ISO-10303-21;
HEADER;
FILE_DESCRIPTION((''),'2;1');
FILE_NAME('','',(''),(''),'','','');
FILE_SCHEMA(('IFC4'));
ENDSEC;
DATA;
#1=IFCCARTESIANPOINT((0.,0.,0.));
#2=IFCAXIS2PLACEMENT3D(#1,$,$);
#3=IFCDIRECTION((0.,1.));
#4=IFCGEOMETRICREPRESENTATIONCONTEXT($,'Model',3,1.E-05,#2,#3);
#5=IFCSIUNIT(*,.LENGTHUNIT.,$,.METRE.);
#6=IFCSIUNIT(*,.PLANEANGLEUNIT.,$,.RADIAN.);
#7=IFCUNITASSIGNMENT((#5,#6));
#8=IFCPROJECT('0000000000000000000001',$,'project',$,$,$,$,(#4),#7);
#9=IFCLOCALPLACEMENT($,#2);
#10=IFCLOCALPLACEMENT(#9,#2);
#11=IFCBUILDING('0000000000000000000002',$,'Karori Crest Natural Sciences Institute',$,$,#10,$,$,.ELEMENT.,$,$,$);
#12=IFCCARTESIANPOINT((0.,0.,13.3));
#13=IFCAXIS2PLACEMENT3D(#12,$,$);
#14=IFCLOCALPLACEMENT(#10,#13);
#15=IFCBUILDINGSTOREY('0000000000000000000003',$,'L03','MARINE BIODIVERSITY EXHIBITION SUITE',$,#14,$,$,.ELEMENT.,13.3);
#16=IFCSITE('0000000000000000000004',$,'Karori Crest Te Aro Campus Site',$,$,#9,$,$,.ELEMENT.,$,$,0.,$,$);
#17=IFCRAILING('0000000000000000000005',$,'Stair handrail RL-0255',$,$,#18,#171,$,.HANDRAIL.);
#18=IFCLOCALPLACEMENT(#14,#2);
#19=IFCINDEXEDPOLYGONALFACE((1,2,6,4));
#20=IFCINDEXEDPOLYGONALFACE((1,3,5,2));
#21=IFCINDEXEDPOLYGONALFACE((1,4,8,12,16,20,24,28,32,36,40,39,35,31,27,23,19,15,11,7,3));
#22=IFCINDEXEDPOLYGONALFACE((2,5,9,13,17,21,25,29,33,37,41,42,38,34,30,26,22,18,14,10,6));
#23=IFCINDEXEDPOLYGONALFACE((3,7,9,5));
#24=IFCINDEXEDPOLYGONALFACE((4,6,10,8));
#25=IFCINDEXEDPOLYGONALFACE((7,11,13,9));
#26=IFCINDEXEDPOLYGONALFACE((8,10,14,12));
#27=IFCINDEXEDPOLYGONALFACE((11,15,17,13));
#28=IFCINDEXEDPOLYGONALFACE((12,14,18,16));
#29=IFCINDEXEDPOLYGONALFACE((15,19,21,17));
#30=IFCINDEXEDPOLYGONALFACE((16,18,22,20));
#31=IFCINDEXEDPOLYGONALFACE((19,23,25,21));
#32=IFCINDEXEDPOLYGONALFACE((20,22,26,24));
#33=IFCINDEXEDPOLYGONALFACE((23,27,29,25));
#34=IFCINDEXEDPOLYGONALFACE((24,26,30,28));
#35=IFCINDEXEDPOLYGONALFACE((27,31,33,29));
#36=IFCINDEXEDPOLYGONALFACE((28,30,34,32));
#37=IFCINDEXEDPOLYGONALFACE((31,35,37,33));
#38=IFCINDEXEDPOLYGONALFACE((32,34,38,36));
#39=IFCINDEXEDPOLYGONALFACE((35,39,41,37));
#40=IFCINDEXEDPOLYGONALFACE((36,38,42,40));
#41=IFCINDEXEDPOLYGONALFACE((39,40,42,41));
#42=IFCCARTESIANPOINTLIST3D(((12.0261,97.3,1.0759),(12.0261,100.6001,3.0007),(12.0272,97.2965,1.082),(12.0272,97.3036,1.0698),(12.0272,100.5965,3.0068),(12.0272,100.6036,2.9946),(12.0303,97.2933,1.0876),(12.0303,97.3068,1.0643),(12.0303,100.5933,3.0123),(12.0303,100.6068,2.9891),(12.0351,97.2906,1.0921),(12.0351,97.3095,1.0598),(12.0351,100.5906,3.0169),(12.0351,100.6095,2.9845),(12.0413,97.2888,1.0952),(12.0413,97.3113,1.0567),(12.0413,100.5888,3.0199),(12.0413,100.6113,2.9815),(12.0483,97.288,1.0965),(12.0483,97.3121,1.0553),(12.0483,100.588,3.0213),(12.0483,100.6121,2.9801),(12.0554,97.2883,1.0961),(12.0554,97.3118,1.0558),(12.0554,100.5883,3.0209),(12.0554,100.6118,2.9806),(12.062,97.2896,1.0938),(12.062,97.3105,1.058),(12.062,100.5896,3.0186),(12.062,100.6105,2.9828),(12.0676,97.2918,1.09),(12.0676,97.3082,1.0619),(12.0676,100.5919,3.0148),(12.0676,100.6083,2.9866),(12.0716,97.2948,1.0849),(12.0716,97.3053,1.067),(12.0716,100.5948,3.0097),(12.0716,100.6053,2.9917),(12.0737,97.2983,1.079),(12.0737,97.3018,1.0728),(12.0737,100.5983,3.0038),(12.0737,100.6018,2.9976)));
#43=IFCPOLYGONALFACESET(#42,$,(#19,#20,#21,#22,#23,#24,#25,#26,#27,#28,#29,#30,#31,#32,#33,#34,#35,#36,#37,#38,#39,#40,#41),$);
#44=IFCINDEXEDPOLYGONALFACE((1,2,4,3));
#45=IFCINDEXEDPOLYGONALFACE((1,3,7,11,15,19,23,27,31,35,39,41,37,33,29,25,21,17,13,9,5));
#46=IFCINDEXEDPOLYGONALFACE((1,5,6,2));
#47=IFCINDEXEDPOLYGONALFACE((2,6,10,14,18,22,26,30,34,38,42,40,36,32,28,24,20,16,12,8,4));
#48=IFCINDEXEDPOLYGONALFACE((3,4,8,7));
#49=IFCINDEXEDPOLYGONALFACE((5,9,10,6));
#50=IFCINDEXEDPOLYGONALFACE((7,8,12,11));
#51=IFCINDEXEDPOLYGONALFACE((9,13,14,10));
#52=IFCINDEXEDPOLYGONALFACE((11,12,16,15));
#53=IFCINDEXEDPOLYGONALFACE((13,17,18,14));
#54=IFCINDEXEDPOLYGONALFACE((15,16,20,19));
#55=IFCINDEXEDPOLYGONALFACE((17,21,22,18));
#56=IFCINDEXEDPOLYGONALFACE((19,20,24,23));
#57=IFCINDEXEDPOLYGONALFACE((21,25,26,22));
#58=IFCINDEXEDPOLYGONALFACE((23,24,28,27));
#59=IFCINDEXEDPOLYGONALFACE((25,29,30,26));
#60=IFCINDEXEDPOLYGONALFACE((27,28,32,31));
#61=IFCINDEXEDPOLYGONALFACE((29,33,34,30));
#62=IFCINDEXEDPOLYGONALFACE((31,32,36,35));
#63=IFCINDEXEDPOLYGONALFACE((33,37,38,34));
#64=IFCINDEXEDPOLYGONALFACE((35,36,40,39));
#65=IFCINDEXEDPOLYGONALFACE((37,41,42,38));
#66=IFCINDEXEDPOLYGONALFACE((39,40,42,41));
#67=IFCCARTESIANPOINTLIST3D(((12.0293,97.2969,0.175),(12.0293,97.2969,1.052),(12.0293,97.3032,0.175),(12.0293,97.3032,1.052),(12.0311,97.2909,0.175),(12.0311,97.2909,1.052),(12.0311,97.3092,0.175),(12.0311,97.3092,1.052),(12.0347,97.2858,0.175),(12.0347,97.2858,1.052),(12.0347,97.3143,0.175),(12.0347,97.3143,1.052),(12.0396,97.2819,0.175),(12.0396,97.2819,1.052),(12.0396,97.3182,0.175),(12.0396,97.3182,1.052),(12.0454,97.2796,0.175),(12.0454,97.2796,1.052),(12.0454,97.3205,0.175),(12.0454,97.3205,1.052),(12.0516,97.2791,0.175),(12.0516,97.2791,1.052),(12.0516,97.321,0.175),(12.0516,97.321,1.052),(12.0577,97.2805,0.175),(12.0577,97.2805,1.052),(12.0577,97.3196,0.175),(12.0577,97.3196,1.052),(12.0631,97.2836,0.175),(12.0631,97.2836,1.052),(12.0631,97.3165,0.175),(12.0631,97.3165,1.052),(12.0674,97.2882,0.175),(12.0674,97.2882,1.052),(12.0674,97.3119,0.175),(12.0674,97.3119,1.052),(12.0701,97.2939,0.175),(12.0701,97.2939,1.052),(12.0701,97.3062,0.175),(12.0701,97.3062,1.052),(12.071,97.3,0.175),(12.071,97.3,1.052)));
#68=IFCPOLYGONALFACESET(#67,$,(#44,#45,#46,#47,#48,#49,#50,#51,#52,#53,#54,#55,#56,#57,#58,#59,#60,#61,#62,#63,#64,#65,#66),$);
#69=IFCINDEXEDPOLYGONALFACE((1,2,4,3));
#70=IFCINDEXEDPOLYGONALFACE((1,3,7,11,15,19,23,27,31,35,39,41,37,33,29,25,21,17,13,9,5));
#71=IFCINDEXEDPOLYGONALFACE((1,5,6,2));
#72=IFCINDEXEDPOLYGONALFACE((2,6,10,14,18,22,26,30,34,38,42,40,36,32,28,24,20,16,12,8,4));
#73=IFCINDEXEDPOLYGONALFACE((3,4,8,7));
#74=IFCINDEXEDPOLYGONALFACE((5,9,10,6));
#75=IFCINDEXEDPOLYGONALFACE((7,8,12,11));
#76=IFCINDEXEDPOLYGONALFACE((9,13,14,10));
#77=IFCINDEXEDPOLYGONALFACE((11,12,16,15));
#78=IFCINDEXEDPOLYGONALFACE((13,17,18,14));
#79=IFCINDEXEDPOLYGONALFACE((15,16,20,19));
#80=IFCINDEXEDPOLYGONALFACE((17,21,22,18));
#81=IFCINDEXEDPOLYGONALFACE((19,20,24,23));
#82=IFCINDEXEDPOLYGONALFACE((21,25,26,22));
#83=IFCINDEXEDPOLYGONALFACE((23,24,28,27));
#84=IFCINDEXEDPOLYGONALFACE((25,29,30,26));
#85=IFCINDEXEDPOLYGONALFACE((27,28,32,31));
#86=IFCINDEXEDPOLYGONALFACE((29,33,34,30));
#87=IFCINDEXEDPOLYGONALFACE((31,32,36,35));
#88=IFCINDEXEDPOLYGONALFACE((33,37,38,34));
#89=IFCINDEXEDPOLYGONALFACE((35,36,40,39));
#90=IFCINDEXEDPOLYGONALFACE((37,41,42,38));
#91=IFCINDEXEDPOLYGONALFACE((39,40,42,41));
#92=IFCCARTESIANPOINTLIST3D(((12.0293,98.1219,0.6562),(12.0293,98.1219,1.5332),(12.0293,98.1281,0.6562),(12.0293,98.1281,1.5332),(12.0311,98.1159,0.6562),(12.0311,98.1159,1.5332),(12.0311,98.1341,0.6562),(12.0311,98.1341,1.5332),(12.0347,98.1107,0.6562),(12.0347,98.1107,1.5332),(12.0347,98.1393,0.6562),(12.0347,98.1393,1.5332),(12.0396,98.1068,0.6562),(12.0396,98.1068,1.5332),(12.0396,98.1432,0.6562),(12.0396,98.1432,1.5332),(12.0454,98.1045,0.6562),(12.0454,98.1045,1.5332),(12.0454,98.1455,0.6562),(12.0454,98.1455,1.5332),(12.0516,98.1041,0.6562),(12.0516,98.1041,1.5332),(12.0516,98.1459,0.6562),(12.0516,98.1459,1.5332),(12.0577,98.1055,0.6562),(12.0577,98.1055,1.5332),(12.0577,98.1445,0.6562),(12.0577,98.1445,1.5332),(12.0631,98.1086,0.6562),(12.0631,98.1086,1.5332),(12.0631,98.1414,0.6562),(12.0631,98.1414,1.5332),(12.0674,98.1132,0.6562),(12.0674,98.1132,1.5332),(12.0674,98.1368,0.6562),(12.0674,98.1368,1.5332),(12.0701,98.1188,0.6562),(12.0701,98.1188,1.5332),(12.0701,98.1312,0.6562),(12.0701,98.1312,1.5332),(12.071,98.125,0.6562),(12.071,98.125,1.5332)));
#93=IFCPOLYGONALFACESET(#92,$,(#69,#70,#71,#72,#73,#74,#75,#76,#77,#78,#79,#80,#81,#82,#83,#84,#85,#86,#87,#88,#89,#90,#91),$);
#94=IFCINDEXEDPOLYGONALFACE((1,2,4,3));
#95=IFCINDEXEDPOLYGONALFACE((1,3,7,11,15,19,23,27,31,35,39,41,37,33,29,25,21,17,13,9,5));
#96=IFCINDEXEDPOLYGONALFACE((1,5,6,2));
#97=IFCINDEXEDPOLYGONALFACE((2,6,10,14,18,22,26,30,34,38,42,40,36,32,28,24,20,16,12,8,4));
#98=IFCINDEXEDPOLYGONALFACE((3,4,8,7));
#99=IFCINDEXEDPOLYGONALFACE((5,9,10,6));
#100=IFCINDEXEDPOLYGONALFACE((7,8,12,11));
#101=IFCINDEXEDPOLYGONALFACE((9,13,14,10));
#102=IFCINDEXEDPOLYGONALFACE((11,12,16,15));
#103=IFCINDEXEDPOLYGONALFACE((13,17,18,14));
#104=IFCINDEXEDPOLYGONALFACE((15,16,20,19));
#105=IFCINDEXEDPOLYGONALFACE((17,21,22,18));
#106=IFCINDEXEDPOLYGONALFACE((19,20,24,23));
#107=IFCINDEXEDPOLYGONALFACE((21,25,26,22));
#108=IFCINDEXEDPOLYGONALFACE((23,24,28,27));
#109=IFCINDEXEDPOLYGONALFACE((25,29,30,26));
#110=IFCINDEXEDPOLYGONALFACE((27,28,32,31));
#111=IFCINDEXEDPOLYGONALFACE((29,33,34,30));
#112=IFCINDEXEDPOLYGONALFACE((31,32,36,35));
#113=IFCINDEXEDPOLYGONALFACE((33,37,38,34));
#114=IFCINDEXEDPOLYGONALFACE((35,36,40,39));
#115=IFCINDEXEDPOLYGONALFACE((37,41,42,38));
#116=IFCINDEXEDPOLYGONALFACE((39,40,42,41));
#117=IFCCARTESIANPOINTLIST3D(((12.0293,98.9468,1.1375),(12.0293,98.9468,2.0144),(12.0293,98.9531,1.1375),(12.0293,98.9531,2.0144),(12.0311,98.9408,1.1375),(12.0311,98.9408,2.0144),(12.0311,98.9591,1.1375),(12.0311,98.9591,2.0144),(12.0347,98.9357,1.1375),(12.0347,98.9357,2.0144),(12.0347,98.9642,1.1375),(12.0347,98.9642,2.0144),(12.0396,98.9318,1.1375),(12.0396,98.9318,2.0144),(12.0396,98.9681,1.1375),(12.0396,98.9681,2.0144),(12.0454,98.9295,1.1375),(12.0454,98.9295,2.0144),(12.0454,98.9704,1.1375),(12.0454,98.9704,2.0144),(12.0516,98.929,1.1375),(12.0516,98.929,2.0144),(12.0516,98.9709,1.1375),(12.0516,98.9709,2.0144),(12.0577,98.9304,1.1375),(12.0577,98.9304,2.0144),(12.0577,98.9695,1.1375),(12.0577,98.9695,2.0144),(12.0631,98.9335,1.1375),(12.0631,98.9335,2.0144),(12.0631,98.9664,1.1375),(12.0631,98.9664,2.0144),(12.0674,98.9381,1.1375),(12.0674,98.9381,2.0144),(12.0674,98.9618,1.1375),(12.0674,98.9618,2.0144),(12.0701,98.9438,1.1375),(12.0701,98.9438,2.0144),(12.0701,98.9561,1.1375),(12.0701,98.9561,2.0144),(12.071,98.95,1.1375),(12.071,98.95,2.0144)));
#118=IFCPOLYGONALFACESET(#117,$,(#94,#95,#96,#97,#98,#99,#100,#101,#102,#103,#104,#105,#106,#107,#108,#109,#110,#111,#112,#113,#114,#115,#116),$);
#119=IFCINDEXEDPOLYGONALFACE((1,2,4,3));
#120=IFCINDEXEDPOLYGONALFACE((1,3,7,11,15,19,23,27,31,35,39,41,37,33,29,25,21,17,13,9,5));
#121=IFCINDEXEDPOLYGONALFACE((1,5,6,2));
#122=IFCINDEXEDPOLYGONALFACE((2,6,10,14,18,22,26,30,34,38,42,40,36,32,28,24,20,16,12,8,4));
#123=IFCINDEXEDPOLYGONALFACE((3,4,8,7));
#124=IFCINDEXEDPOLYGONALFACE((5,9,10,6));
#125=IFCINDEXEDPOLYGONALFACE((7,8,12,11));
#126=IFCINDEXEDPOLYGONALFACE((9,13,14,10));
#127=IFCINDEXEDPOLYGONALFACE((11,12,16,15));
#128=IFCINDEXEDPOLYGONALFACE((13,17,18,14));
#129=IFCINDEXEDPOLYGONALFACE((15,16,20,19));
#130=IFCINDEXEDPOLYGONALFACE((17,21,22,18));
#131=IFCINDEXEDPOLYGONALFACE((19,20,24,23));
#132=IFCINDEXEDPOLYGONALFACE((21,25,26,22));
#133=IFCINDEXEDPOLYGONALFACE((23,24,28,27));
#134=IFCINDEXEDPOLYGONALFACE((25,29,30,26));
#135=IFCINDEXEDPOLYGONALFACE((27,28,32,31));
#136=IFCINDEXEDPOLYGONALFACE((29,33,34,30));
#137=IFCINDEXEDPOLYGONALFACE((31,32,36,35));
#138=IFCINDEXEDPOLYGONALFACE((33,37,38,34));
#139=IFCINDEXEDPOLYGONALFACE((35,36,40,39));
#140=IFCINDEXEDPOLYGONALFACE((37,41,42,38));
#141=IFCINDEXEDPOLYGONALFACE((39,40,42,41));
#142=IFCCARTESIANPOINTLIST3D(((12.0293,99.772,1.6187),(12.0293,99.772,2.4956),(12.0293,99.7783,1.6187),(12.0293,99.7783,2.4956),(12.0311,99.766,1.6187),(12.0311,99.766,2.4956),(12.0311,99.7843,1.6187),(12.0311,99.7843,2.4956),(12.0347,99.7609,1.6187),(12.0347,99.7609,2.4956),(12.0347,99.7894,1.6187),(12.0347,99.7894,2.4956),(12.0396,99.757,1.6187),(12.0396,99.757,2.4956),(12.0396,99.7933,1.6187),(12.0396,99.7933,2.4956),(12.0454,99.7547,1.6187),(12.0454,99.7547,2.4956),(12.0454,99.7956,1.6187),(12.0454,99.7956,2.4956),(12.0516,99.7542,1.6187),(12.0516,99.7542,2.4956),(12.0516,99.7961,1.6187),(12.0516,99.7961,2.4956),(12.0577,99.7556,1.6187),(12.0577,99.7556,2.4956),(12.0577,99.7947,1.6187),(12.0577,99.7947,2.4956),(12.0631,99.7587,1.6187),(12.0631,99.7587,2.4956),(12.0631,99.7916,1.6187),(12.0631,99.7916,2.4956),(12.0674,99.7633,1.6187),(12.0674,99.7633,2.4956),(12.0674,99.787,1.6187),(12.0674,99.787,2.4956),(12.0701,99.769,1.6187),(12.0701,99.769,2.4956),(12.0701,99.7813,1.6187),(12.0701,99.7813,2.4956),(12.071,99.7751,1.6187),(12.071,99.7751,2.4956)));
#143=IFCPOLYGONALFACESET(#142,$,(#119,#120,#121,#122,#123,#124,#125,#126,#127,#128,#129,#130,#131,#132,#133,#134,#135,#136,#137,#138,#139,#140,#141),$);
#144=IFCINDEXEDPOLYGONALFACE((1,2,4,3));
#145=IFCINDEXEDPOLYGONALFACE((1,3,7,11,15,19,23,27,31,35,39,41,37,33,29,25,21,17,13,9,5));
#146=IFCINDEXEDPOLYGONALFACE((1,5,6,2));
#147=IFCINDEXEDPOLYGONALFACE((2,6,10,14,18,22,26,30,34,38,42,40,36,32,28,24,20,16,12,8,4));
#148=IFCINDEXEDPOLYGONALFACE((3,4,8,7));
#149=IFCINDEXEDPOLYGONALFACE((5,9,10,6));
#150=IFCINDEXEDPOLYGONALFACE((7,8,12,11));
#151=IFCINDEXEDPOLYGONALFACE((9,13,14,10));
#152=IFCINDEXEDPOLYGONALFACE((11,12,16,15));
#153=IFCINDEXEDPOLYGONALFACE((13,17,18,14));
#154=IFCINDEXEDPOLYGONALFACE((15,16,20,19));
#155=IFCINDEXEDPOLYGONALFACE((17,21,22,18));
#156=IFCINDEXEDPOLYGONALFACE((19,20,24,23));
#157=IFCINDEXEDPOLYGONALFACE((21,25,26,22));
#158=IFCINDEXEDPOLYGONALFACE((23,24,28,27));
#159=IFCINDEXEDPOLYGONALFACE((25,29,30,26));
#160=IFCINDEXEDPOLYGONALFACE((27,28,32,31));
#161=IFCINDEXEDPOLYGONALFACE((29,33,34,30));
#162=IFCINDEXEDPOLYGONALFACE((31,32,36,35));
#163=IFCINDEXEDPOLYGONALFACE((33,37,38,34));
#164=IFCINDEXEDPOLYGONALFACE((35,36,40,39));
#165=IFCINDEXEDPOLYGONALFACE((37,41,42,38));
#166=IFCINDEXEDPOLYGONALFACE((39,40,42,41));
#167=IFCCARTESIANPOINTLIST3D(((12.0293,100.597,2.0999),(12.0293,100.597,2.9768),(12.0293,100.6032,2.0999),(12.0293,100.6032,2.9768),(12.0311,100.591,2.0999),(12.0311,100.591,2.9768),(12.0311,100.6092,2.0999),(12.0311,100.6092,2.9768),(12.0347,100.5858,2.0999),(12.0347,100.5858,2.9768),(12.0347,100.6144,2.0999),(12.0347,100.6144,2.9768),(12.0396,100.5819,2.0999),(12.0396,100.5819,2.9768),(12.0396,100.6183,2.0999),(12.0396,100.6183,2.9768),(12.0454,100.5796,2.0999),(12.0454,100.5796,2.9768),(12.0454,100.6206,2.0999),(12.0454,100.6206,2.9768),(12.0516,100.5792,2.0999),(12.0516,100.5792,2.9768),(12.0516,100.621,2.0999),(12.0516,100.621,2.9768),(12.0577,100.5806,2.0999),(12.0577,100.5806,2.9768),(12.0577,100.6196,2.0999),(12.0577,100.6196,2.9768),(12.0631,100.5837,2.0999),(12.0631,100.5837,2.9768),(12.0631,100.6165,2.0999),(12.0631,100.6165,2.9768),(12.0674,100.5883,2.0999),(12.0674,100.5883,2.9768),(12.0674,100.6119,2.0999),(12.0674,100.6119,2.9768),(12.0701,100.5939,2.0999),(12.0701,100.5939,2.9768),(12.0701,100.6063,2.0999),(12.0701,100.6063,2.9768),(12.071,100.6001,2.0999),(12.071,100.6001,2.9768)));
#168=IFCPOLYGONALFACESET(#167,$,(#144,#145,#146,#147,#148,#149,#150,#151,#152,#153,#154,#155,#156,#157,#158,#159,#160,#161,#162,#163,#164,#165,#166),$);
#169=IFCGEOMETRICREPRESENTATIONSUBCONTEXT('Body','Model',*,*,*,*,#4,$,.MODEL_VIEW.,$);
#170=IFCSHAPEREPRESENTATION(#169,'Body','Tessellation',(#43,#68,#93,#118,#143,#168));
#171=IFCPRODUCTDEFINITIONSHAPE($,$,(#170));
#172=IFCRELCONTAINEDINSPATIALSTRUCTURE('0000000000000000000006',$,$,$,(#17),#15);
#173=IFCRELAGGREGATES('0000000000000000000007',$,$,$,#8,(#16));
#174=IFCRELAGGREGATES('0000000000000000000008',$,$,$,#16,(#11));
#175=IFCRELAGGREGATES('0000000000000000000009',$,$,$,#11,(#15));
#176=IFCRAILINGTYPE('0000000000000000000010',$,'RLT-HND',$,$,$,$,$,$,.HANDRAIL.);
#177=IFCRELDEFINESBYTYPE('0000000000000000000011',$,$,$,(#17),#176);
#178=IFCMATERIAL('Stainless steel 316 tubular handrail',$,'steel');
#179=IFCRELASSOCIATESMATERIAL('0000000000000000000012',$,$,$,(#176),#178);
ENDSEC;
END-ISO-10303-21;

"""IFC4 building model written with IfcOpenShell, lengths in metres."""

from ifc_helpers import new_model, si_unit, direction, frame, origin, origin_2d, place, context, subcontext, project, spatial, circle, extrude, material, type_object, element, save


model = new_model("IFC4")

# Units and contexts
model_context = context("Model", 3, precision=1e-05, world=origin(), true_north=direction((0.0, 1.0)))
body_context = subcontext(model_context, "Body", "Model", "MODEL_VIEW")
ifc_project = project(units=[si_unit("LENGTHUNIT", "METRE"), si_unit("PLANEANGLEUNIT", "RADIAN")], contexts=[model_context])

# Site, building, storey
site_placement = place(None, origin())
site = spatial("IfcSite", under=ifc_project, at=site_placement, Name="Karori Crest Te Aro Campus Site", CompositionType="ELEMENT", RefElevation=0.0)
building_placement = place(site_placement, origin())
building = spatial("IfcBuilding", under=site, at=building_placement, Name="Karori Crest Natural Sciences Institute", CompositionType="ELEMENT")
storey_placement = place(building_placement, frame((0.0, 0.0, 13.3)))
storey = spatial("IfcBuildingStorey", under=building, at=storey_placement, Name="L03", Description="MARINE BIODIVERSITY EXHIBITION SUITE", CompositionType="ELEMENT", Elevation=13.3)

# Railing
ifc_material_1 = material(Name="Stainless steel 316 tubular handrail", Category="steel")
railing_type_1 = type_object("IfcRailingType", Name="RLT-HND", PredefinedType="HANDRAIL", material=ifc_material_1)
railing_1_placement = place(storey_placement, frame((12.05, 97.3, 0.175)))
element("IfcRailing", 1, at=railing_1_placement, inside=storey, type_object=railing_type_1, Name="Stair handrail RL-0255", PredefinedType="HANDRAIL", context=body_context, shape_type="SweptSolid", body=[
    extrude(circle(Radius=0.0239, at=origin_2d()), frame((0.0, 0.0, 0.9009), z_axis=(0.0, 0.863804, 0.503827), x_axis=(-1.0, 0.0, 0.0)), (0.0, 0.0, 1.0), 3.8203),
    extrude(circle(Radius=0.021, at=origin_2d()), origin(), (0.0, 0.0, 1.0), 0.877),
    extrude(circle(Radius=0.021, at=origin_2d()), frame((0.0, 0.825, 0.4812)), (0.0, 0.0, 1.0), 0.877),
    extrude(circle(Radius=0.021, at=origin_2d()), frame((0.0, 1.6499, 0.9624)), (0.0, 0.0, 1.0), 0.877),
    extrude(circle(Radius=0.021, at=origin_2d()), frame((0.0, 2.4751, 1.4436)), (0.0, 0.0, 1.0), 0.877),
    extrude(circle(Radius=0.021, at=origin_2d()), frame((0.0, 3.3, 1.9248)), (0.0, 0.0, 1.0), 0.877),
])

save(model, "model.ifc")
